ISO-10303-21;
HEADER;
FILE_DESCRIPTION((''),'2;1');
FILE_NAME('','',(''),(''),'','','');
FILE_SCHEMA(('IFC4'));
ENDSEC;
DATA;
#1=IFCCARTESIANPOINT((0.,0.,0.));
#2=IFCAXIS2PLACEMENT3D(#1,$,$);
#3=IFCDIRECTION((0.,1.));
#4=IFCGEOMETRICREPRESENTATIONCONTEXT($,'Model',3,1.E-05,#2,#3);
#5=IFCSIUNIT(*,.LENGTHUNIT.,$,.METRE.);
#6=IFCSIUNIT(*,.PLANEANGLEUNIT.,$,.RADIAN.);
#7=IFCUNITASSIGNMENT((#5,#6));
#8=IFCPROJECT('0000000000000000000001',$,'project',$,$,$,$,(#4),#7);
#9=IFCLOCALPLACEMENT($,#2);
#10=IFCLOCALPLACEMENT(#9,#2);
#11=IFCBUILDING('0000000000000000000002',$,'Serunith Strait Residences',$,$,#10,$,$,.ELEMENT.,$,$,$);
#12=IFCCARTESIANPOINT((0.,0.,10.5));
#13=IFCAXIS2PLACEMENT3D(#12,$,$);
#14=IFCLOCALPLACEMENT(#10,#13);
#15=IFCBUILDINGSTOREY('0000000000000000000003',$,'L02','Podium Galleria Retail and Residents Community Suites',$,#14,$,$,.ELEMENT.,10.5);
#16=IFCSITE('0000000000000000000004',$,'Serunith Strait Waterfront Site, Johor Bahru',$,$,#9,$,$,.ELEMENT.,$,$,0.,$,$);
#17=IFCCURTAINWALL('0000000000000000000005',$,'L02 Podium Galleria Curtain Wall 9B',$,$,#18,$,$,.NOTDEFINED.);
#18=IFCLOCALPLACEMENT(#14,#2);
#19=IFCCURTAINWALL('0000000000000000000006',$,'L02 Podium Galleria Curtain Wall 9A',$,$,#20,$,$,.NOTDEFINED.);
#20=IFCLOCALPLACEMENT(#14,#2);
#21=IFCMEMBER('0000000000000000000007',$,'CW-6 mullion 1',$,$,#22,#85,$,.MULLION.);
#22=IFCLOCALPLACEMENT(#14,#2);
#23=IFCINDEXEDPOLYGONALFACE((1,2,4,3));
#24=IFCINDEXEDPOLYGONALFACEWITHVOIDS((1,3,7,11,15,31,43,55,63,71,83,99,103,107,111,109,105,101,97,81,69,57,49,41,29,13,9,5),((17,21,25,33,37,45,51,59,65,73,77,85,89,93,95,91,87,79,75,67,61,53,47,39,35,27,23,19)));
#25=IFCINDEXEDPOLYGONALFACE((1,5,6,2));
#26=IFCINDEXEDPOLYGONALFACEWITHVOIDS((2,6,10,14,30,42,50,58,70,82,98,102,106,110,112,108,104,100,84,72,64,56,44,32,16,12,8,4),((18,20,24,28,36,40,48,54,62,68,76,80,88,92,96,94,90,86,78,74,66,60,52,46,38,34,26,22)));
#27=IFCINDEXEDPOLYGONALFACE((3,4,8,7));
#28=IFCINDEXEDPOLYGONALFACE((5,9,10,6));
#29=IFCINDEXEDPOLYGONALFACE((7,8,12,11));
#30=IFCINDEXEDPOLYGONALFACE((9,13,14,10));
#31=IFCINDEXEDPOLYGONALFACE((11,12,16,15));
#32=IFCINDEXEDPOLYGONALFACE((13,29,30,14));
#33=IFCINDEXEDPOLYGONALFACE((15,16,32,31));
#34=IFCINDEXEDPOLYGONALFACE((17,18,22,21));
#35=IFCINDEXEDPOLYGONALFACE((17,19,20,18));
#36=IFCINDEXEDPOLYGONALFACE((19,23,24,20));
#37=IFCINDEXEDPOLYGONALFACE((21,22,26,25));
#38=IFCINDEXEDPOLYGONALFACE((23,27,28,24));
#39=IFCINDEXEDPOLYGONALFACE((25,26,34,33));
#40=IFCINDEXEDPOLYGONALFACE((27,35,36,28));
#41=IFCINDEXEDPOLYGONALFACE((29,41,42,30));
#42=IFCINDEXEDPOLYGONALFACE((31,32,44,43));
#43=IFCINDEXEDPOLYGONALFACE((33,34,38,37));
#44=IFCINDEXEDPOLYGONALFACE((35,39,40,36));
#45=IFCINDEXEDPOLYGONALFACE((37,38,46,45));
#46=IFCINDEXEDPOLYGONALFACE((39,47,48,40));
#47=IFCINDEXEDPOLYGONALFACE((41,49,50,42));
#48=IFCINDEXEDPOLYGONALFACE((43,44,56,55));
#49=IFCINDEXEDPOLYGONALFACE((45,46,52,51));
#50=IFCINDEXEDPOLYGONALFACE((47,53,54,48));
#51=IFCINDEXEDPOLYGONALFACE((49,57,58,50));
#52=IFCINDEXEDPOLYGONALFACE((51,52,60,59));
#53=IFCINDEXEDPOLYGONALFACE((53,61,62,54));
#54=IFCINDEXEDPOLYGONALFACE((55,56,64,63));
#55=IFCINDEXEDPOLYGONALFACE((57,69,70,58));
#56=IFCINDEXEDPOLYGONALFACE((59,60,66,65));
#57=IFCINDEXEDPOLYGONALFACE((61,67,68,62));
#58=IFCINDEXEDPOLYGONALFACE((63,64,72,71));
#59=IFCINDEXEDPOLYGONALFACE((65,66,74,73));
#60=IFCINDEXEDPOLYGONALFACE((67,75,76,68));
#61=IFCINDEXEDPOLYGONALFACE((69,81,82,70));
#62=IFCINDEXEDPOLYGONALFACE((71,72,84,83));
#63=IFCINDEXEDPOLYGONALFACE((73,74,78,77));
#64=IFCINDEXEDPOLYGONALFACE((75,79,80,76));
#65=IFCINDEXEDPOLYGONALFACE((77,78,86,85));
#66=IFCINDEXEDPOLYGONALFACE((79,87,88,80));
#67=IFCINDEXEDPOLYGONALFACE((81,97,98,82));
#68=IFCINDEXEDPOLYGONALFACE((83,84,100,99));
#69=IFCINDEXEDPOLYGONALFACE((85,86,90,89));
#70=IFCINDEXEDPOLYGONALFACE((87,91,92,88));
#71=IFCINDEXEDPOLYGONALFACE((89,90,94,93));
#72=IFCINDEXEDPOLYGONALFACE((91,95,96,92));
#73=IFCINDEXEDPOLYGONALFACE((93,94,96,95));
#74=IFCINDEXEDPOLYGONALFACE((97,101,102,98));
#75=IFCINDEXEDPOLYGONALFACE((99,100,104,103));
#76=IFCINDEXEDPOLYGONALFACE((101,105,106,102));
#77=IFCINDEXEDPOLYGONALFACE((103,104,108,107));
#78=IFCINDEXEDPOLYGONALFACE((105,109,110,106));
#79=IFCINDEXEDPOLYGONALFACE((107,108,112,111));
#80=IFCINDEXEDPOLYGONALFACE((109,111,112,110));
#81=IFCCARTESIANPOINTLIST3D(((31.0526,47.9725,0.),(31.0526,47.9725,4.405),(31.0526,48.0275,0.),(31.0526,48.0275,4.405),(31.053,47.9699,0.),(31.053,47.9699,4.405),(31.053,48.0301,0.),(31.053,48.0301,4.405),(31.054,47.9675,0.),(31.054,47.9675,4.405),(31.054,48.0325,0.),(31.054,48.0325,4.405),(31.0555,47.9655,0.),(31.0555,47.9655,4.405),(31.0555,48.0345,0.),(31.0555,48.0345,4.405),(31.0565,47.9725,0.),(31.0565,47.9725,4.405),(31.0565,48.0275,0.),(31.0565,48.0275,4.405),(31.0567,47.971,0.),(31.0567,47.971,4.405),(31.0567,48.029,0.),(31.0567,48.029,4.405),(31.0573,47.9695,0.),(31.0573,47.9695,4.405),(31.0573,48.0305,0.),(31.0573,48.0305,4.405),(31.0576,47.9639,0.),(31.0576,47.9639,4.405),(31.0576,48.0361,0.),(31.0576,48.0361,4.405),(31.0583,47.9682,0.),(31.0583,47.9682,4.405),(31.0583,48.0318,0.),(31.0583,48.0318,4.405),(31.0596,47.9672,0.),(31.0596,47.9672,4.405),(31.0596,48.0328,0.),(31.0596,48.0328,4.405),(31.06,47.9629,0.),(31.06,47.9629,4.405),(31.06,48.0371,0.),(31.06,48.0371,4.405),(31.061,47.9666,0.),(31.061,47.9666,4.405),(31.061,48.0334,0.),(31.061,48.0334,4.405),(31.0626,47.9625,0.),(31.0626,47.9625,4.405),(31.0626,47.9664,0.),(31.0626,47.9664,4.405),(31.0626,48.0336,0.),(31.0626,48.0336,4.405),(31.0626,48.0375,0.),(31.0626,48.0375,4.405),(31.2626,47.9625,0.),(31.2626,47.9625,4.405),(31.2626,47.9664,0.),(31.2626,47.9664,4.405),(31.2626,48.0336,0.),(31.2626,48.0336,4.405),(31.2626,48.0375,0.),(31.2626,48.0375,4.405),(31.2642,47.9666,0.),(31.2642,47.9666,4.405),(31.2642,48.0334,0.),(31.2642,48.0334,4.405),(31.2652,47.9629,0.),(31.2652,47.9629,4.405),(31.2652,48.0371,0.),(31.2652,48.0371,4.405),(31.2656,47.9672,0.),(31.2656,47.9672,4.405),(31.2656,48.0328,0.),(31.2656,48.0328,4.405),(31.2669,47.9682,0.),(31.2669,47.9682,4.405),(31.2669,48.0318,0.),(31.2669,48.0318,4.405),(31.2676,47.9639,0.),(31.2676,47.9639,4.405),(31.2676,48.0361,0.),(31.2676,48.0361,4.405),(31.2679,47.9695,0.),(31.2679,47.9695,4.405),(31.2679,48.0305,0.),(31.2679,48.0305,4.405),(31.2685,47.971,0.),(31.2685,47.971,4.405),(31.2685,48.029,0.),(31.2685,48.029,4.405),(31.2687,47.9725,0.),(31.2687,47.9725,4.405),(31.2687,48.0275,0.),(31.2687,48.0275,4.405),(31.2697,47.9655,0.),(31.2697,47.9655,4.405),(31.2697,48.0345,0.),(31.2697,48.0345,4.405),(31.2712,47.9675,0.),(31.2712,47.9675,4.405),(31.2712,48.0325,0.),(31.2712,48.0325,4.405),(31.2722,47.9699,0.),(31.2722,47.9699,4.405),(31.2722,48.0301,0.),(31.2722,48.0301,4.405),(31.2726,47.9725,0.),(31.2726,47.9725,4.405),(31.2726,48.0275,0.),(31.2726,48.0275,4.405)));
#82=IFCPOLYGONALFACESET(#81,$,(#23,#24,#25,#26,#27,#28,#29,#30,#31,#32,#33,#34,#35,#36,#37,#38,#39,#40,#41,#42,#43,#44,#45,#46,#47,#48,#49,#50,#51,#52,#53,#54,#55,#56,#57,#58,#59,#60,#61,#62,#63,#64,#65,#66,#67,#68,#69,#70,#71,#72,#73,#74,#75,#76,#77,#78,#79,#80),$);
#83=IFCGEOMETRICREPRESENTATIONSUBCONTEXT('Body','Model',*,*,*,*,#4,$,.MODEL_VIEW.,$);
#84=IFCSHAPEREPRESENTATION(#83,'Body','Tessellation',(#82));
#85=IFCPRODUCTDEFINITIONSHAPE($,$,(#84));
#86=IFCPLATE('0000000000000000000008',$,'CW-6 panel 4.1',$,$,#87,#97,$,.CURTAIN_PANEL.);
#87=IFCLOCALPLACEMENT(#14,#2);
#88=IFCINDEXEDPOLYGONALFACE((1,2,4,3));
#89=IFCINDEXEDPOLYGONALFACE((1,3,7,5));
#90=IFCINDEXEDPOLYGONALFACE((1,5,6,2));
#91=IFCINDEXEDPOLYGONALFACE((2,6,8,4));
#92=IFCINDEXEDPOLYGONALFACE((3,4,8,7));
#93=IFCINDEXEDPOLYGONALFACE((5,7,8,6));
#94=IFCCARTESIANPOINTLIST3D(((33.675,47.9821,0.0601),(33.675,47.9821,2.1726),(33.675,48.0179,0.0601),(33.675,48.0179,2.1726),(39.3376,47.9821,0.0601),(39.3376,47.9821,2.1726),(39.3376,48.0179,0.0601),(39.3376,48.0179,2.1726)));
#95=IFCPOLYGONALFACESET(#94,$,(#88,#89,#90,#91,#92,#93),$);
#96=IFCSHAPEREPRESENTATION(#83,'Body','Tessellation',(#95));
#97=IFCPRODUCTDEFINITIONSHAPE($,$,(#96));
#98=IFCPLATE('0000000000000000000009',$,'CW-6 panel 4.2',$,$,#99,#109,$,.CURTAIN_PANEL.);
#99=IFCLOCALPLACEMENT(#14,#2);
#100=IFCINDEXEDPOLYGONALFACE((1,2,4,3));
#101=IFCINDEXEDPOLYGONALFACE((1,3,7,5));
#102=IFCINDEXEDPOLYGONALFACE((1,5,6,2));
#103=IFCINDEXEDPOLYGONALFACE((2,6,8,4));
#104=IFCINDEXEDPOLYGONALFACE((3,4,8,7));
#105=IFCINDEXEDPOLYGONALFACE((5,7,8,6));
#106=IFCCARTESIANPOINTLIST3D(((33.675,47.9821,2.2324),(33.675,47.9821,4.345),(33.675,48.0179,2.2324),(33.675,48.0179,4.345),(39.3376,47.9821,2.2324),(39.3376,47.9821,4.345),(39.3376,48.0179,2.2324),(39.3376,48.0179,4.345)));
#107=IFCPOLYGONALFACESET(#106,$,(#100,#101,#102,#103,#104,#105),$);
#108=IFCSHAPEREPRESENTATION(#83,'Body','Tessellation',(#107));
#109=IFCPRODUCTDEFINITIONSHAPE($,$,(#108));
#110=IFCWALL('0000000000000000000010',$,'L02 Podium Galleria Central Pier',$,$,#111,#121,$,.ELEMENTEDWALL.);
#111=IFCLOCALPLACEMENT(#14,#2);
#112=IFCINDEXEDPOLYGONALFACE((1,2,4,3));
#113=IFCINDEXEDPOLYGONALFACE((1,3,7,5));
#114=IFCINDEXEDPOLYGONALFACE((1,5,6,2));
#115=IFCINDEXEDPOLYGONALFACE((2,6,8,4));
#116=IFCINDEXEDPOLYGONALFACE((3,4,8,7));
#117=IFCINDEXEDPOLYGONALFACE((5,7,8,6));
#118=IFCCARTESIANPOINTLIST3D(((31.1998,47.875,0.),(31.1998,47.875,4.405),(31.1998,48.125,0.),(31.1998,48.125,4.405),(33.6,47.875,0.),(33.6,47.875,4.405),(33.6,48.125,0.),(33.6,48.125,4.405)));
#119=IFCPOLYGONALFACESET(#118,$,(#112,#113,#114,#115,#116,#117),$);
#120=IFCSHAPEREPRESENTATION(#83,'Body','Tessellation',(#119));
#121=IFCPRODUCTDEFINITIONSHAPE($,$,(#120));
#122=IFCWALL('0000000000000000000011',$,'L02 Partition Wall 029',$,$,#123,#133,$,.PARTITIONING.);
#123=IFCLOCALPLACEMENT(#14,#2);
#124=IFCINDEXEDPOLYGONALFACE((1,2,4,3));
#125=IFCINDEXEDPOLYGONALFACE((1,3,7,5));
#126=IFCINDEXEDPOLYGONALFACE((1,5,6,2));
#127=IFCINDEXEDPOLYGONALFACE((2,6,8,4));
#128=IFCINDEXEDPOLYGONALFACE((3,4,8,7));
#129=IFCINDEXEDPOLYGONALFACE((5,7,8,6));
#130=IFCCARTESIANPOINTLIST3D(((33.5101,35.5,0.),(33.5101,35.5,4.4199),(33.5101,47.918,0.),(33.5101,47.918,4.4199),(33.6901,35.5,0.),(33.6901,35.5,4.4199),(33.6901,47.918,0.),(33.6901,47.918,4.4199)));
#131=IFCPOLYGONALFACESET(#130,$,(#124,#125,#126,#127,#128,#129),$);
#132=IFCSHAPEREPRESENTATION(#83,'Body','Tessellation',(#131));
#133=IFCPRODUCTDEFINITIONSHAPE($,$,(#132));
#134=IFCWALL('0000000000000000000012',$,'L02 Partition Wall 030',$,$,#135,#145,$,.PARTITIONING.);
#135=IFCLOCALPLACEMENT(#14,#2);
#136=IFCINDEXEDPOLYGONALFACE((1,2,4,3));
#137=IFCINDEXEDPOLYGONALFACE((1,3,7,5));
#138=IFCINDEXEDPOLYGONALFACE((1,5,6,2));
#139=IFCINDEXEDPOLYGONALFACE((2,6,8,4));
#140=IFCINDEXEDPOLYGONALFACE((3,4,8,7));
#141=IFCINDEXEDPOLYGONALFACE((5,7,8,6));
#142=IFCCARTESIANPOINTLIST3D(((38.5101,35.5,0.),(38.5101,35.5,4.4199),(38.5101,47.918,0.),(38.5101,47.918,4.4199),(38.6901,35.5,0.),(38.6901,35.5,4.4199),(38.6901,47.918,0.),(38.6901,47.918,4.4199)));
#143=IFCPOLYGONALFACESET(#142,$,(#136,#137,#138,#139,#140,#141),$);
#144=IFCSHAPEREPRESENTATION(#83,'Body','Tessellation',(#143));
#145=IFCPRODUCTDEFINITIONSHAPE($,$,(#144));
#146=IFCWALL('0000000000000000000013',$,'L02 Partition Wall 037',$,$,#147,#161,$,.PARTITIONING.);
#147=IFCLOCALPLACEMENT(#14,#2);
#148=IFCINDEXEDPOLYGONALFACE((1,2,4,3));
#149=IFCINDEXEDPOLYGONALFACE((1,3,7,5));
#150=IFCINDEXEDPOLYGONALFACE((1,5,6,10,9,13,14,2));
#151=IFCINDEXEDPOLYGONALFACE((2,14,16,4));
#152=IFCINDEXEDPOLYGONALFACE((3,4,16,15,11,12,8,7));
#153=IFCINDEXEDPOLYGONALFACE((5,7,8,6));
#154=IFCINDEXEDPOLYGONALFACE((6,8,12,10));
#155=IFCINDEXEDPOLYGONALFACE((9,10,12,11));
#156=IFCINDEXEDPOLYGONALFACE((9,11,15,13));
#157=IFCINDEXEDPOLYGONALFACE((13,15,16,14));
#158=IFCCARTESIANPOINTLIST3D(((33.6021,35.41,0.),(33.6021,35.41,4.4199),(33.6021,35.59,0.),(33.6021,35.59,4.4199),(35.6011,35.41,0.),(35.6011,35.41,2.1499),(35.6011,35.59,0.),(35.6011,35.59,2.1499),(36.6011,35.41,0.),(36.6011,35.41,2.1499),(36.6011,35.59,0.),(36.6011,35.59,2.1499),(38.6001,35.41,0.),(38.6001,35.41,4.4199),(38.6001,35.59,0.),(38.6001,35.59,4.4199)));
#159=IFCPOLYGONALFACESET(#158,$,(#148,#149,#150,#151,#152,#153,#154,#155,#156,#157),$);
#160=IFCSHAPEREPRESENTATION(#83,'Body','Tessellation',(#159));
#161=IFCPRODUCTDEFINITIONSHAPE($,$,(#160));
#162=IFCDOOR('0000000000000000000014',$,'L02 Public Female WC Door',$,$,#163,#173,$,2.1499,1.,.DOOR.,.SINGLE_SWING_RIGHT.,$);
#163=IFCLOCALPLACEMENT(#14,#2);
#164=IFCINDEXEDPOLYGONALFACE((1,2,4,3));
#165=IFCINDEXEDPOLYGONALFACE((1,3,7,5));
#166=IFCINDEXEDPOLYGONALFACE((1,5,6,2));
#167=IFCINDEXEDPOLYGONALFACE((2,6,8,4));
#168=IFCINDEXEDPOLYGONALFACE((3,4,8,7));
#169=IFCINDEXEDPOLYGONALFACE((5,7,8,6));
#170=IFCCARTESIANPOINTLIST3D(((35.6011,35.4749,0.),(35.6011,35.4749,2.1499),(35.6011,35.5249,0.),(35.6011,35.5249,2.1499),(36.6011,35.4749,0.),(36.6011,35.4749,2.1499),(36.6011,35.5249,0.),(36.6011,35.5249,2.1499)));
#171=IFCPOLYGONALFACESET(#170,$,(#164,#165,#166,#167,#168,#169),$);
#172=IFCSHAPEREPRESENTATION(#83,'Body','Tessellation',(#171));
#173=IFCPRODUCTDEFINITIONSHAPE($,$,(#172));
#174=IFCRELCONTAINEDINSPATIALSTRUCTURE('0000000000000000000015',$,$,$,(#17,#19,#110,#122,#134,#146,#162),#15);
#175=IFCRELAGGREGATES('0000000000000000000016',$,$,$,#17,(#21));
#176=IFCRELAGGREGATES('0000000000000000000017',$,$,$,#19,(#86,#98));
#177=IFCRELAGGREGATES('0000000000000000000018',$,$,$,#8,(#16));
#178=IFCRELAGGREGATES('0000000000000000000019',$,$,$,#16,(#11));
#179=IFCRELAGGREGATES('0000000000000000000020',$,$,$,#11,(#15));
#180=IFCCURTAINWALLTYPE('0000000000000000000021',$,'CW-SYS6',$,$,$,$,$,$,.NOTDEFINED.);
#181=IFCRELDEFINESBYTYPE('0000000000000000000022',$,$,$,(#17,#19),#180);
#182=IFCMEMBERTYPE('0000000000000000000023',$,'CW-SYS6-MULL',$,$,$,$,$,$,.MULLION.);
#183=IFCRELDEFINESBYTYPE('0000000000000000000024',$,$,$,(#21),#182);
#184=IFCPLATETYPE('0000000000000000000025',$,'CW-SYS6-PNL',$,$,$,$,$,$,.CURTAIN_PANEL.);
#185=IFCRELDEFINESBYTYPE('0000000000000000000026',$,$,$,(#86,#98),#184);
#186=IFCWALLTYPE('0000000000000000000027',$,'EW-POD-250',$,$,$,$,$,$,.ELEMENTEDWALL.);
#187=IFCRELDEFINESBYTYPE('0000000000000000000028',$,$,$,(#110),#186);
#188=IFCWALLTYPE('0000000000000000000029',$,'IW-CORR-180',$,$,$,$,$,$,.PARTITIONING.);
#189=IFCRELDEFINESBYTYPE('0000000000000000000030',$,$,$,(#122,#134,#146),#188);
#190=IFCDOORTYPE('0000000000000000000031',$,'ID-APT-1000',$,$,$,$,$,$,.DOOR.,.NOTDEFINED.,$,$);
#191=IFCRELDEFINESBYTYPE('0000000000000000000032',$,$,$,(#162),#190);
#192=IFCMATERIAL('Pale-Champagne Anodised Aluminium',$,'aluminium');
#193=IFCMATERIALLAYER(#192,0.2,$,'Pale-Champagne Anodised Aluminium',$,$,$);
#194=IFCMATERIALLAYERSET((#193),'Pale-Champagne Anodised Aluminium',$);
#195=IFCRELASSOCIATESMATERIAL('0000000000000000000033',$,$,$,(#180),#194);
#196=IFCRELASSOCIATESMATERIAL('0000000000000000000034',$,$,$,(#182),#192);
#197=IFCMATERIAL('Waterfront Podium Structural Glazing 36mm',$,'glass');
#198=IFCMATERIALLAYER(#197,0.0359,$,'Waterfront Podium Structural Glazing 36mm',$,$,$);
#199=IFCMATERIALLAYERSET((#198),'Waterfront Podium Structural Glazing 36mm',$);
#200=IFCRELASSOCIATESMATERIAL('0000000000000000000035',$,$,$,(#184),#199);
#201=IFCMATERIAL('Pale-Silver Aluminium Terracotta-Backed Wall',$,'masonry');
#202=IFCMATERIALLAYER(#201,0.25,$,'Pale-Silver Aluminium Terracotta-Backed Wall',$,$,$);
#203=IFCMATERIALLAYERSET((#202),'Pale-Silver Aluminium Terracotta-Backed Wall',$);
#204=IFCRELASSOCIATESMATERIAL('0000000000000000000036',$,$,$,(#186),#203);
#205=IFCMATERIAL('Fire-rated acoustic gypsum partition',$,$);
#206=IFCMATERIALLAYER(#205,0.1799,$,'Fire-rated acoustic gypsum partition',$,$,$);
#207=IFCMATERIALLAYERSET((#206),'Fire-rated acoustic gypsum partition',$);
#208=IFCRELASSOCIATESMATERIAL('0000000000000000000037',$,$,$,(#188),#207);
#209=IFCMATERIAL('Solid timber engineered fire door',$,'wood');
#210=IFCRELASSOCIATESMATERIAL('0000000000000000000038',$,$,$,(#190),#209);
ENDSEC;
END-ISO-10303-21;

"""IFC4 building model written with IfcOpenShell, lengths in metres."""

from ifc_helpers import new_model, si_unit, direction, frame, frame_2d, origin, origin_2d, place, context, subcontext, project, spatial, rectangle, hollow_rectangle, extrude, source, transform, mapped, material, layer, layer_set, material_profile, profile_set, type_object, element, fill, aggregate, save


model = new_model("IFC4")

# Units and contexts
model_context = context("Model", 3, precision=1e-05, world=origin(), true_north=direction((0.0, 1.0)))
body_context = subcontext(model_context, "Body", "Model", "MODEL_VIEW")
ifc_project = project(units=[si_unit("LENGTHUNIT", "METRE"), si_unit("PLANEANGLEUNIT", "RADIAN")], contexts=[model_context])

# Site, building, storey
site_placement = place(None, origin())
site = spatial("IfcSite", under=ifc_project, at=site_placement, Name="Serunith Strait Waterfront Site, Johor Bahru", CompositionType="ELEMENT", RefElevation=0.0)
building_placement = place(site_placement, origin())
building = spatial("IfcBuilding", under=site, at=building_placement, Name="Serunith Strait Residences", CompositionType="ELEMENT")
storey_placement = place(building_placement, frame((0.0, 0.0, 10.5)))
storey = spatial("IfcBuildingStorey", under=building, at=storey_placement, Name="L02", Description="Podium Galleria Retail and Residents Community Suites", CompositionType="ELEMENT", Elevation=10.5)

# Curtain walls
ifc_material_1 = material(Name="Pale-Champagne Anodised Aluminium", Category="aluminium")
ifc_layer_1 = layer(ifc_material_1, 0.2, Name="Pale-Champagne Anodised Aluminium")
ifc_layer_set_1 = layer_set([ifc_layer_1], Name="Pale-Champagne Anodised Aluminium")
curtain_wall_type = type_object("IfcCurtainWallType", Name="CW-SYS6", PredefinedType="NOTDEFINED", material=ifc_layer_set_1)
curtain_wall_1_placement = place(storey_placement, origin())
curtain_wall_1 = element("IfcCurtainWall", 1, at=curtain_wall_1_placement, inside=storey, type_object=curtain_wall_type, Name="L02 Podium Galleria Curtain Wall 9B", PredefinedType="NOTDEFINED")
curtain_wall_2_placement = place(storey_placement, origin())
curtain_wall_2 = element("IfcCurtainWall", 2, at=curtain_wall_2_placement, inside=storey, type_object=curtain_wall_type, Name="L02 Podium Galleria Curtain Wall 9A", PredefinedType="NOTDEFINED")
ifc_material_profile_1 = material_profile(ifc_material_1, hollow_rectangle(XDim=0.075, YDim=0.22, WallThickness=0.0039, InnerFilletRadius=0.0061, OuterFilletRadius=0.01, at=origin_2d()), Name="ALU 220x75x4")
ifc_profile_set_1 = profile_set([ifc_material_profile_1], Name="Pale-Champagne Anodised Aluminium")
member_type_1 = type_object("IfcMemberType", Name="CW-SYS6-MULL", PredefinedType="MULLION", material=ifc_profile_set_1)
shared_shape_1 = source(origin(), body_context, "Body", "SweptSolid", [
    extrude(hollow_rectangle(XDim=0.075, YDim=0.22, WallThickness=0.0039, InnerFilletRadius=0.0061, OuterFilletRadius=0.01, at=origin_2d()), origin(), (0.0, 0.0, 1.0), 4.405),
])

# Member
member_1_placement = place(storey_placement, frame((31.1626, 48.0, 0.0), z_axis=(0.0, 0.0, 1.0), x_axis=(0.0, -1.0, 0.0)))
member_1 = element("IfcMember", 3, at=member_1_placement, type_object=member_type_1, Name="CW-6 mullion 1", PredefinedType="MULLION", context=body_context, shape_type="MappedRepresentation", body=[
    mapped(shared_shape_1, transform((0.0, 0.0, 0.0), scale=1.0)),
])
aggregate(curtain_wall_1, [member_1])

# Plates
ifc_material_2 = material(Name="Waterfront Podium Structural Glazing 36mm", Category="glass")
ifc_layer_2 = layer(ifc_material_2, 0.0359, Name="Waterfront Podium Structural Glazing 36mm")
ifc_layer_set_2 = layer_set([ifc_layer_2], Name="Waterfront Podium Structural Glazing 36mm")
plate_type = type_object("IfcPlateType", Name="CW-SYS6-PNL", PredefinedType="CURTAIN_PANEL", material=ifc_layer_set_2)
shared_shape_2 = source(origin(), body_context, "Body", "SweptSolid", [
    extrude(rectangle(XDim=5.6626, YDim=0.0359, at=origin_2d()), origin(), (0.0, 0.0, 1.0), 2.1125),
])
plate_1_placement = place(storey_placement, frame((36.5063, 48.0, 0.0601), z_axis=(0.0, 0.0, 1.0), x_axis=(-1.0, 0.0, 0.0)))
plate_1 = element("IfcPlate", 4, at=plate_1_placement, type_object=plate_type, Name="CW-6 panel 4.1", PredefinedType="CURTAIN_PANEL", context=body_context, shape_type="MappedRepresentation", body=[
    mapped(shared_shape_2, transform((0.0, 0.0, 0.0), scale=1.0)),
])
plate_2_placement = place(storey_placement, frame((36.5063, 48.0, 2.2324), z_axis=(0.0, 0.0, 1.0), x_axis=(-1.0, 0.0, 0.0)))
plate_2 = element("IfcPlate", 5, at=plate_2_placement, type_object=plate_type, Name="CW-6 panel 4.2", PredefinedType="CURTAIN_PANEL", context=body_context, shape_type="MappedRepresentation", body=[
    mapped(shared_shape_2, transform((0.0, 0.0, 0.0), scale=1.0)),
])
aggregate(curtain_wall_2, [plate_1, plate_2])

# Walls
ifc_material_3 = material(Name="Pale-Silver Aluminium Terracotta-Backed Wall", Category="masonry")
ifc_layer_3 = layer(ifc_material_3, 0.25, Name="Pale-Silver Aluminium Terracotta-Backed Wall")
ifc_layer_set_3 = layer_set([ifc_layer_3], Name="Pale-Silver Aluminium Terracotta-Backed Wall")
wall_type_1 = type_object("IfcWallType", Name="EW-POD-250", PredefinedType="ELEMENTEDWALL", material=ifc_layer_set_3)
wall_1_placement = place(storey_placement, frame((33.6001, 48.0, 0.0), z_axis=(0.0, 0.0, 1.0), x_axis=(-1.0, 0.0, 0.0)))
element("IfcWall", 6, at=wall_1_placement, inside=storey, type_object=wall_type_1, Name="L02 Podium Galleria Central Pier", PredefinedType="ELEMENTEDWALL", context=body_context, shape_type="SweptSolid", body=[
    extrude(rectangle(XDim=2.4001, YDim=0.25, at=frame_2d((1.2002, 0.0))), origin(), (0.0, 0.0, 1.0), 4.405),
])
ifc_material_4 = material(Name="Fire-rated acoustic gypsum partition")
ifc_layer_4 = layer(ifc_material_4, 0.1799, Name="Fire-rated acoustic gypsum partition")
ifc_layer_set_4 = layer_set([ifc_layer_4], Name="Fire-rated acoustic gypsum partition")
wall_type_2 = type_object("IfcWallType", Name="IW-CORR-180", PredefinedType="PARTITIONING", material=ifc_layer_set_4)
for number, where, z_axis, x_axis, name in (
    (7, (33.6001, 35.5, 0.0), (0.0, 0.0, 1.0), (0.0, 1.0, 0.0), "L02 Partition Wall 029"),
    (8, (38.6001, 35.5, 0.0), (0.0, 0.0, 1.0), (0.0, 1.0, 0.0), "L02 Partition Wall 030"),
):
    element("IfcWall", number, at=place(storey_placement, frame(where, z_axis=z_axis, x_axis=x_axis)), inside=storey, type_object=wall_type_2, Name=name, PredefinedType="PARTITIONING", context=body_context, shape_type="SweptSolid", body=[
        extrude(rectangle(XDim=12.418, YDim=0.1799, at=frame_2d((6.209, 0.0))), origin(), (0.0, 0.0, 1.0), 4.4199),
    ])

# Wall, opening, door
wall_2_placement = place(storey_placement, frame((33.6021, 35.5, 0.0), z_axis=(0.0, 0.0, 1.0), x_axis=(1.0, 0.0, 0.0)))
wall_2 = element("IfcWall", 9, at=wall_2_placement, inside=storey, type_object=wall_type_2, Name="L02 Partition Wall 037", PredefinedType="PARTITIONING", context=body_context, shape_type="SweptSolid", body=[
    extrude(rectangle(XDim=4.998, YDim=0.1799, at=frame_2d((2.499, 0.0))), origin(), (0.0, 0.0, 1.0), 4.4199),
])
opening_1_placement = place(wall_2_placement, frame((1.999, 0.0, 0.0)))
opening_1 = element("IfcOpeningElement", 10, at=opening_1_placement, cuts=wall_2, PredefinedType="OPENING", context=body_context, shape_type="SweptSolid", body=[
    extrude(rectangle(XDim=1.0, YDim=2.1499, at=frame_2d((0.5, 1.075))), frame((0.0, 0.1001, 0.0), z_axis=(0.0, -1.0, 0.0), x_axis=(1.0, 0.0, 0.0)), (0.0, 0.0, 1.0), 0.2),
])
ifc_material_5 = material(Name="Solid timber engineered fire door", Category="wood")
door_type_1 = type_object("IfcDoorType", Name="ID-APT-1000", OperationType="NOTDEFINED", PredefinedType="DOOR", material=ifc_material_5)
shared_shape_3 = source(origin(), body_context, "Body", "SweptSolid", [
    extrude(rectangle(XDim=1.0, YDim=2.1499, at=frame_2d((0.5, 1.075))), frame((0.0, 0.0249, 0.0), z_axis=(0.0, -1.0, 0.0), x_axis=(1.0, 0.0, 0.0)), (0.0, 0.0, 1.0), 0.05),
])
door_1_placement = place(opening_1_placement, origin())
door_1 = element("IfcDoor", 11, at=door_1_placement, inside=storey, type_object=door_type_1, Name="L02 Public Female WC Door", OperationType="SINGLE_SWING_RIGHT", OverallHeight=2.1499, OverallWidth=1.0, PredefinedType="DOOR", context=body_context, shape_type="MappedRepresentation", body=[
    mapped(shared_shape_3, transform((0.0, 0.0, 0.0), scale=1.0)),
])
fill(opening_1, door_1)

save(model, "model.ifc")
